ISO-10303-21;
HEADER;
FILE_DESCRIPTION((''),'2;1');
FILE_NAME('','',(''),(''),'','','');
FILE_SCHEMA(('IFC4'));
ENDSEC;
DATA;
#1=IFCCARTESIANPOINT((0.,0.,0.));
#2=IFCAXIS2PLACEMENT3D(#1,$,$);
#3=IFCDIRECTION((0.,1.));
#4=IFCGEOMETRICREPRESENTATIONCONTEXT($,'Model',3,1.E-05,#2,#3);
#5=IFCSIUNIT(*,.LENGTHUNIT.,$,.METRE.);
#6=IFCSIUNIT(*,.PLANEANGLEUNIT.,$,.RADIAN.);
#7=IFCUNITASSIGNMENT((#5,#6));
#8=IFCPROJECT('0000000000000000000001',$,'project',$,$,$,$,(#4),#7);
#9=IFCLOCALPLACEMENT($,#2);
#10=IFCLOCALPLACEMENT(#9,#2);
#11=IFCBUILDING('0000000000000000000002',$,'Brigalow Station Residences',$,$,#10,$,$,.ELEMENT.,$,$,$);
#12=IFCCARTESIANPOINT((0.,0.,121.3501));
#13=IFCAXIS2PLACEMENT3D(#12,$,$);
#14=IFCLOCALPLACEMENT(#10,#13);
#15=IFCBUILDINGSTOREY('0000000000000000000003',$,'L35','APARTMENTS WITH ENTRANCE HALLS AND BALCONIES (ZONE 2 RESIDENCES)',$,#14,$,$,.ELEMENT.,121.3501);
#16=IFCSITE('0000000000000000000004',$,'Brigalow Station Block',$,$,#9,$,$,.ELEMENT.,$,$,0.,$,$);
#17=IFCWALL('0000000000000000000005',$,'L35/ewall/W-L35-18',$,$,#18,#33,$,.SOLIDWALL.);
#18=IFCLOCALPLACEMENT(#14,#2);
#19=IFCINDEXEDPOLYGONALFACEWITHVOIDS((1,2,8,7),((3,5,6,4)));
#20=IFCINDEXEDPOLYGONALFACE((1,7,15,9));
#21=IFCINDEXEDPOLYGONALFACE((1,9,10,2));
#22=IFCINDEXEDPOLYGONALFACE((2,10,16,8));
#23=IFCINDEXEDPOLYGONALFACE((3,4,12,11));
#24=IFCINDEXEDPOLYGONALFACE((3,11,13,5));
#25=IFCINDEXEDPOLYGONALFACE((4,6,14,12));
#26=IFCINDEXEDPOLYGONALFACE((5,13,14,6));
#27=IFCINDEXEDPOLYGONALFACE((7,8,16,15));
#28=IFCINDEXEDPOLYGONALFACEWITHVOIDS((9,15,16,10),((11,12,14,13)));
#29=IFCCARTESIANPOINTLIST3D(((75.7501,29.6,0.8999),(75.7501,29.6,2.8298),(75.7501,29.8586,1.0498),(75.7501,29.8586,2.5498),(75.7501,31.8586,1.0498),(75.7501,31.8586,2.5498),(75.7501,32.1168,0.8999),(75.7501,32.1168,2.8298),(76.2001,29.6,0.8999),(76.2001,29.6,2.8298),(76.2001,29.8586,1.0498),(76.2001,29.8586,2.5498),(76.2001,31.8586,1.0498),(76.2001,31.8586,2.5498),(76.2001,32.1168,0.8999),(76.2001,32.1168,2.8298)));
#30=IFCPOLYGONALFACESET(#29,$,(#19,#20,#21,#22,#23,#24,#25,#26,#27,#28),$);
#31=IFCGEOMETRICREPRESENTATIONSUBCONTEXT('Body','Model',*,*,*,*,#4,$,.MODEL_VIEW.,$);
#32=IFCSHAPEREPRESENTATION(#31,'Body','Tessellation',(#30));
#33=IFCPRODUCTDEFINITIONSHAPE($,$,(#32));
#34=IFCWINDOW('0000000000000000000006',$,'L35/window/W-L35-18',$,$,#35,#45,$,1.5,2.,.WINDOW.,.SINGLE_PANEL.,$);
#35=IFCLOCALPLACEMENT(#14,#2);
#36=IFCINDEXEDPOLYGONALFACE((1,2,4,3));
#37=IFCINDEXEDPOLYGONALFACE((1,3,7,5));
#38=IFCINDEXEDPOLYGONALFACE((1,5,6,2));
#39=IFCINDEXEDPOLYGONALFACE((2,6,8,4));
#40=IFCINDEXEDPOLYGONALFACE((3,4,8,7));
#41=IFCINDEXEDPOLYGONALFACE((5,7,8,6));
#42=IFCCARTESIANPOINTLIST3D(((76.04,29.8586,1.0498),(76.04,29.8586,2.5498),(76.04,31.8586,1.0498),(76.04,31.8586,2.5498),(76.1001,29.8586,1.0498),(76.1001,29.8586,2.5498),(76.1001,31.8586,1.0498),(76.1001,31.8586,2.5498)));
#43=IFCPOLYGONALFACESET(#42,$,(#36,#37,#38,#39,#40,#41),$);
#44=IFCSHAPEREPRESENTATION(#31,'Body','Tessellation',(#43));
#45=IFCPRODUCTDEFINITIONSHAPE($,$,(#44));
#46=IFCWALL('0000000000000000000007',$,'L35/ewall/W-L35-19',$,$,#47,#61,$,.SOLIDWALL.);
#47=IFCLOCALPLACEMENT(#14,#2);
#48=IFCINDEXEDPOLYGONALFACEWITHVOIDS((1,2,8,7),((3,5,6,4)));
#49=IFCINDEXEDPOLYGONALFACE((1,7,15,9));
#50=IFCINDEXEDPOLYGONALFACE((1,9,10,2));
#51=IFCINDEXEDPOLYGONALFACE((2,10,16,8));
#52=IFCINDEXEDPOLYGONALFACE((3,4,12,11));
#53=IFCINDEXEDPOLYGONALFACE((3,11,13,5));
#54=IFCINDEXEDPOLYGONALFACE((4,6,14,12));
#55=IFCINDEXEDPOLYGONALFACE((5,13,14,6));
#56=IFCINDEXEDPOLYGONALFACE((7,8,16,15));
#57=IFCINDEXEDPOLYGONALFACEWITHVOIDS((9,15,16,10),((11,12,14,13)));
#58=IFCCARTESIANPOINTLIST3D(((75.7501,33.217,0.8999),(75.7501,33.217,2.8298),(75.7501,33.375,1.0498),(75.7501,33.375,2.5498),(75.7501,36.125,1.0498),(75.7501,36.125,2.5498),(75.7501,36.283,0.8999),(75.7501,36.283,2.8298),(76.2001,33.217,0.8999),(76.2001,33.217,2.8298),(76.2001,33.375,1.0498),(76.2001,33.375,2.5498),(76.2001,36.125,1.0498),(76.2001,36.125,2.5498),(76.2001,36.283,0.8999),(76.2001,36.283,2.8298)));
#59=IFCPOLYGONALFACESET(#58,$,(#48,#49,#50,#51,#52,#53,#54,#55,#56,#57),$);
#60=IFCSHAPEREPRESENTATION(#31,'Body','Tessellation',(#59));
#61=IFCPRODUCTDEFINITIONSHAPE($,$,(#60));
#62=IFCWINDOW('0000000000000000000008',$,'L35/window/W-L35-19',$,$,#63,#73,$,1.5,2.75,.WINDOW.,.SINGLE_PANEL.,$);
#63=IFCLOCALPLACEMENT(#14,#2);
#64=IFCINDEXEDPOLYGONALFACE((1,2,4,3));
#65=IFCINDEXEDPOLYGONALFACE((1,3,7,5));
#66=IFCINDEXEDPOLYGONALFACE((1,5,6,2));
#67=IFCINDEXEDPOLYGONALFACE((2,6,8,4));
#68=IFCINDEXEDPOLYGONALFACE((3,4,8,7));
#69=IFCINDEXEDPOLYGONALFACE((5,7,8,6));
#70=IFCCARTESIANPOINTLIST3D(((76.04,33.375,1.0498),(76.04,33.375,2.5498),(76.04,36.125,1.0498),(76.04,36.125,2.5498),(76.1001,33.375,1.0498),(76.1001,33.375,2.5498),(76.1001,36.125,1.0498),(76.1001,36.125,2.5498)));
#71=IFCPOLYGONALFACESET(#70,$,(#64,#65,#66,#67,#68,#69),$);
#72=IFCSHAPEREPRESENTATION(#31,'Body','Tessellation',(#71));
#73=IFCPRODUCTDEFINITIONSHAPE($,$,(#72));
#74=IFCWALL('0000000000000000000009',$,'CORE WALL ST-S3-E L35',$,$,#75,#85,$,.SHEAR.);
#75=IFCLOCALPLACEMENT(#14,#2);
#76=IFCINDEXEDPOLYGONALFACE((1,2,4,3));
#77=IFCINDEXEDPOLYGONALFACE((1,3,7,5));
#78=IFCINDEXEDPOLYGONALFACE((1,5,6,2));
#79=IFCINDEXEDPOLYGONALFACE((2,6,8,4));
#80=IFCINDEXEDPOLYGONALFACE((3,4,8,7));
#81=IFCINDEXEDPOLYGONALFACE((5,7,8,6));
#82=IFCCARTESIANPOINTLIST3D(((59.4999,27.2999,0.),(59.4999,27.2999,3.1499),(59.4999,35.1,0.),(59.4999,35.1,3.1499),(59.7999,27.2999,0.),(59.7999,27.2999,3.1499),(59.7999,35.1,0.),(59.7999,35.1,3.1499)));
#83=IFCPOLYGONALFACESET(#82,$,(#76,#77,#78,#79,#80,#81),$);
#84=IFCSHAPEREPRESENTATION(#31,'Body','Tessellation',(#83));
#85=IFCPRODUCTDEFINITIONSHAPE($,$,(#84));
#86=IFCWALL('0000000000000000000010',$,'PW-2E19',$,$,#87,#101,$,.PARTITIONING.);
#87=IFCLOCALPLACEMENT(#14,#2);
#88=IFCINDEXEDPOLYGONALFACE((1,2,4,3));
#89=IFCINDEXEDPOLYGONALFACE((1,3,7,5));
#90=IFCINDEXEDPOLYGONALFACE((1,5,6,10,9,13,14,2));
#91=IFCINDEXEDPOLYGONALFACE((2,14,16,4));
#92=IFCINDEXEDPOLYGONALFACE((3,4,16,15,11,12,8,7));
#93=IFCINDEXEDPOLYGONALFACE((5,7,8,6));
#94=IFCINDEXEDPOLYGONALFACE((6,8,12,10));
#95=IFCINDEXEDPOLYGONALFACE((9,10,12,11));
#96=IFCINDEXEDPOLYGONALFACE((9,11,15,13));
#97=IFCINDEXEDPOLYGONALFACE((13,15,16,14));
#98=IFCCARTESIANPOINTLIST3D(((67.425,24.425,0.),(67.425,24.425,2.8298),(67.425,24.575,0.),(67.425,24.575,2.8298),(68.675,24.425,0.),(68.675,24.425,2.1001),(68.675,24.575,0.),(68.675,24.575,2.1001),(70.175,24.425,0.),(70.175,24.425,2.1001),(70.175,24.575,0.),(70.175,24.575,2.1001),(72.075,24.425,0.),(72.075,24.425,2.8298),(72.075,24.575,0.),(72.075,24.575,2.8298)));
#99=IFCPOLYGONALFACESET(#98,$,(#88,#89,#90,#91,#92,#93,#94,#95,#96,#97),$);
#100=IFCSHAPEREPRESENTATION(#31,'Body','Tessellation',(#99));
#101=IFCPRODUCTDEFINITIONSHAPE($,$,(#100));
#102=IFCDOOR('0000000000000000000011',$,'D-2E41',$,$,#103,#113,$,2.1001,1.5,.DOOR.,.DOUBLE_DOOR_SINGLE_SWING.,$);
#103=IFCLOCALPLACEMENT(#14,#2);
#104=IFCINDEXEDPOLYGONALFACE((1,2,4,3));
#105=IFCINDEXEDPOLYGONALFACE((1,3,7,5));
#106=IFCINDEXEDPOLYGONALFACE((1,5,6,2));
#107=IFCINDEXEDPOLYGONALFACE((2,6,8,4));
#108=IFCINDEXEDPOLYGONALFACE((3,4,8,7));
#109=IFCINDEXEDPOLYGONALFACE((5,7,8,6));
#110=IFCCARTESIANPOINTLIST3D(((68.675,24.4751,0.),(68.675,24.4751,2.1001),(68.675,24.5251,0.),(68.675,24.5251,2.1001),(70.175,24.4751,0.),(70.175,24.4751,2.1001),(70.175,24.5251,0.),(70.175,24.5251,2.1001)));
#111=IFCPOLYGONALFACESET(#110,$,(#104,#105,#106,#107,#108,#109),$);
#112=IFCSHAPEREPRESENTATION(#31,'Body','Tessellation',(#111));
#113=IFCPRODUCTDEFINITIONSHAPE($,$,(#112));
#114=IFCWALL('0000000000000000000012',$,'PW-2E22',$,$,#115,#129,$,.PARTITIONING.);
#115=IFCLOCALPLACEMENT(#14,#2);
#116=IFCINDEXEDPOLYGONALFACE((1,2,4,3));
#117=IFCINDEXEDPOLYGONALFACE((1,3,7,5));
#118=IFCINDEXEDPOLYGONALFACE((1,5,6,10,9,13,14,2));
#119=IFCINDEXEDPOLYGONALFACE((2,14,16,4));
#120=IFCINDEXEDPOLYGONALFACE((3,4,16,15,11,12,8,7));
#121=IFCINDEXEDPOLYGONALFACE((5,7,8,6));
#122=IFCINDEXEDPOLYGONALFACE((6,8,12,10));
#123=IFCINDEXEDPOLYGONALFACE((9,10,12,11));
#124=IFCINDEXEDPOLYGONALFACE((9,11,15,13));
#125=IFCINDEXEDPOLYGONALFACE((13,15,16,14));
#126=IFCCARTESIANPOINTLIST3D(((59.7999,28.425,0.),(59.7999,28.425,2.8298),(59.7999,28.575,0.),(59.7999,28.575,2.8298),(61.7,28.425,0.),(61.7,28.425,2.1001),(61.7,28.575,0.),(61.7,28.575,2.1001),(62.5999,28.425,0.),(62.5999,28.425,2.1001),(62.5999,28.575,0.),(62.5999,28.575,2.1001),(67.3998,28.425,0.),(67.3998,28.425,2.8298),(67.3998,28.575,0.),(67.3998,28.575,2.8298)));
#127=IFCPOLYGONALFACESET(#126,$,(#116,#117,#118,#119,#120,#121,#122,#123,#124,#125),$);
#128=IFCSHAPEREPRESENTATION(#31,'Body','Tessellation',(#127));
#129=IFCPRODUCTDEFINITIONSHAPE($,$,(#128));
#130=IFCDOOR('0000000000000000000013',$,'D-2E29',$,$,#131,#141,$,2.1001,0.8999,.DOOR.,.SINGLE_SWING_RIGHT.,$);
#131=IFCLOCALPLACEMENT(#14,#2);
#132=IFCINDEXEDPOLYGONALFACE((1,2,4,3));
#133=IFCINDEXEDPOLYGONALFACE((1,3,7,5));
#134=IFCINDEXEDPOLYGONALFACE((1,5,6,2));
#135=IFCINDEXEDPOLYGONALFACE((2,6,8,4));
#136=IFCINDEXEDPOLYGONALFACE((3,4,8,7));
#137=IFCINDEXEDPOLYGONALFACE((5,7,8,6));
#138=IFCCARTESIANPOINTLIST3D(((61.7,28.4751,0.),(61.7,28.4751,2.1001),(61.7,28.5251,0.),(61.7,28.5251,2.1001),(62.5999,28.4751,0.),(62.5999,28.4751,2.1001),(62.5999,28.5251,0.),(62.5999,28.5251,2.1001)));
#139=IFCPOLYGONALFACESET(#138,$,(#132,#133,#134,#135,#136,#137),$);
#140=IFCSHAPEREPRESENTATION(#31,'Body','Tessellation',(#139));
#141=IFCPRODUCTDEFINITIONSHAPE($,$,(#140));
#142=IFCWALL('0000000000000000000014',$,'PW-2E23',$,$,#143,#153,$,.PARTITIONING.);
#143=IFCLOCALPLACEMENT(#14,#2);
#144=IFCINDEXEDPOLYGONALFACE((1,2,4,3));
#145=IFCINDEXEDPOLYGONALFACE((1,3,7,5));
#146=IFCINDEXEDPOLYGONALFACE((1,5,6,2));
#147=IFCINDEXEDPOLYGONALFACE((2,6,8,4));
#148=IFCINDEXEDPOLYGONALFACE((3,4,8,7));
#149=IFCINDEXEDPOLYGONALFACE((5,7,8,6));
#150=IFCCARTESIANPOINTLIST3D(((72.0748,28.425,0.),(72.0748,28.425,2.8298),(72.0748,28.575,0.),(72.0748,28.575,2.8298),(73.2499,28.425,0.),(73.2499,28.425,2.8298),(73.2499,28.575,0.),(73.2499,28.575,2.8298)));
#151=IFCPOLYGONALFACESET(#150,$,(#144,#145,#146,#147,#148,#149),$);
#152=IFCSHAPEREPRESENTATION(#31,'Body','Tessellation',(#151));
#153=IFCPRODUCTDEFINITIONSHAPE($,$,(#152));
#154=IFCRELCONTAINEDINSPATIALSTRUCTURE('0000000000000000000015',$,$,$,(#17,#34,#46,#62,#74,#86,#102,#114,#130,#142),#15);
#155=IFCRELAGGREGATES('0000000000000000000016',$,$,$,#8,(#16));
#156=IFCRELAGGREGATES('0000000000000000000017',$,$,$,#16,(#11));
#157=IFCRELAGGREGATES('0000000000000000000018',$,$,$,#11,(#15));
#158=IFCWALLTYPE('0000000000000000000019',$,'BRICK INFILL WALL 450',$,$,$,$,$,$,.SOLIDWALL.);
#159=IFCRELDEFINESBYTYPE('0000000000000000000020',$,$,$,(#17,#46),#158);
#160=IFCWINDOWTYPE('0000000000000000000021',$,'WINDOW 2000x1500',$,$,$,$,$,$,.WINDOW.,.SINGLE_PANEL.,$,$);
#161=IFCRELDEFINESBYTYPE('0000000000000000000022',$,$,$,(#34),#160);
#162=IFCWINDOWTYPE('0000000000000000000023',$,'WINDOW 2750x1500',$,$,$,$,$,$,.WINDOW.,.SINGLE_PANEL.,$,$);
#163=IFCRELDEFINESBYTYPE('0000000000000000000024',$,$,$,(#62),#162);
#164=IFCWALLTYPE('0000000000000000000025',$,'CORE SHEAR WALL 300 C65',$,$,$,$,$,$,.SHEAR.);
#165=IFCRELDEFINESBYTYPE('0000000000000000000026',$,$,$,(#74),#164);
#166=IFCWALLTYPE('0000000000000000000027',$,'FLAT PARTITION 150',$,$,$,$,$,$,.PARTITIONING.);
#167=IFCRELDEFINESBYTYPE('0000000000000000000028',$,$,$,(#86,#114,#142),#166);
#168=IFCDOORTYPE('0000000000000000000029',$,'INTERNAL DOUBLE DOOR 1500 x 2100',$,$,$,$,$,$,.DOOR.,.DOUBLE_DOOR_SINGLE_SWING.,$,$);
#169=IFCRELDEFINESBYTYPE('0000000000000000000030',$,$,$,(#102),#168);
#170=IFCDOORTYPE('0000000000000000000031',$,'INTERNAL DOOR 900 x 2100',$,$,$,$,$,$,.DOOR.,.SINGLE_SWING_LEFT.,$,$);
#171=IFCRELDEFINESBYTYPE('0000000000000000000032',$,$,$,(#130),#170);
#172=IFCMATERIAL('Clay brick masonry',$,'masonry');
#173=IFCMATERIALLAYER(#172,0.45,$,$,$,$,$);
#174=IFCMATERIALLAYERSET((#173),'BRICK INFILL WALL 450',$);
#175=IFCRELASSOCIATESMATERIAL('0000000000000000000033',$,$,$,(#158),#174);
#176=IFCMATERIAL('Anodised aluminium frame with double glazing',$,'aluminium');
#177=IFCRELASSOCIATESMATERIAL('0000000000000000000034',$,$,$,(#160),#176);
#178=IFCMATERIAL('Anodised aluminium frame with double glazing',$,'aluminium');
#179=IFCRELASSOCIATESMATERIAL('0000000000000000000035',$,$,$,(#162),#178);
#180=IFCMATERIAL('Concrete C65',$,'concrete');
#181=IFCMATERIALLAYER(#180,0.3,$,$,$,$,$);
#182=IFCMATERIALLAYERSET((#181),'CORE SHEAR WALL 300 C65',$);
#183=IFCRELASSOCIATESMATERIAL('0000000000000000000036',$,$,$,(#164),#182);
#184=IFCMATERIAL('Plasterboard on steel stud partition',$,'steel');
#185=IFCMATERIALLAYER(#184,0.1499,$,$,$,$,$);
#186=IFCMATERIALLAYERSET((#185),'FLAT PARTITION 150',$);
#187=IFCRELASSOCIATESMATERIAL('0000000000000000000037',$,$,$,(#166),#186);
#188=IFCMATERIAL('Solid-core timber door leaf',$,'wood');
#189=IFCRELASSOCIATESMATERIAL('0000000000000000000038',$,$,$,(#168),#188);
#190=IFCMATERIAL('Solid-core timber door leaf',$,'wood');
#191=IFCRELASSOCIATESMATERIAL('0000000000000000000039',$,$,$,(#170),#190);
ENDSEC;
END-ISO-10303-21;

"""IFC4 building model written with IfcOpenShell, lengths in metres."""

from ifc_helpers import new_model, si_unit, direction, frame, frame_2d, origin, place, context, subcontext, project, spatial, rectangle, extrude, material, layer, layer_set, type_object, element, fill, save


model = new_model("IFC4")

# Units and contexts
model_context = context("Model", 3, precision=1e-05, world=origin(), true_north=direction((0.0, 1.0)))
body_context = subcontext(model_context, "Body", "Model", "MODEL_VIEW")
ifc_project = project(units=[si_unit("LENGTHUNIT", "METRE"), si_unit("PLANEANGLEUNIT", "RADIAN")], contexts=[model_context])

# Site, building, storey
site_placement = place(None, origin())
site = spatial("IfcSite", under=ifc_project, at=site_placement, Name="Brigalow Station Block", CompositionType="ELEMENT", RefElevation=0.0)
building_placement = place(site_placement, origin())
building = spatial("IfcBuilding", under=site, at=building_placement, Name="Brigalow Station Residences", CompositionType="ELEMENT")
storey_placement = place(building_placement, frame((0.0, 0.0, 121.3501)))
storey = spatial("IfcBuildingStorey", under=building, at=storey_placement, Name="L35", Description="APARTMENTS WITH ENTRANCE HALLS AND BALCONIES (ZONE 2 RESIDENCES)", CompositionType="ELEMENT", Elevation=121.3501)

# Shared definitions
ifc_material_1 = material(Name="Clay brick masonry", Category="masonry")
ifc_layer_1 = layer(ifc_material_1, 0.45)
ifc_layer_set_1 = layer_set([ifc_layer_1], Name="BRICK INFILL WALL 450")
wall_type_1 = type_object("IfcWallType", Name="BRICK INFILL WALL 450", PredefinedType="SOLIDWALL", material=ifc_layer_set_1)

# Walls, openings, windows
wall_1_placement = place(storey_placement, frame((75.9751, 29.6001, 0.8999), z_axis=(0.0, 0.0, 1.0), x_axis=(0.0, 1.0, 0.0)))
wall_1 = element("IfcWall", 1, at=wall_1_placement, inside=storey, type_object=wall_type_1, Name="L35/ewall/W-L35-18", PredefinedType="SOLIDWALL", context=body_context, shape_type="SweptSolid", body=[
    extrude(rectangle(XDim=2.5168, YDim=0.45, at=frame_2d((1.2583, 0.0))), origin(), (0.0, 0.0, 1.0), 1.9299),
])
opening_1_placement = place(wall_1_placement, frame((0.2585, 0.0, 0.1499)))
opening_1 = element("IfcOpeningElement", 2, at=opening_1_placement, cuts=wall_1, PredefinedType="OPENING", context=body_context, shape_type="SweptSolid", body=[
    extrude(rectangle(XDim=2.0, YDim=1.5, at=frame_2d((1.0, 0.75))), frame((0.0, 0.2349, 0.0), z_axis=(0.0, -1.0, 0.0), x_axis=(1.0, 0.0, 0.0)), (0.0, 0.0, 1.0), 0.47),
])
ifc_material_2 = material(Name="Anodised aluminium frame with double glazing", Category="aluminium")
window_type_1 = type_object("IfcWindowType", Name="WINDOW 2000x1500", PartitioningType="SINGLE_PANEL", PredefinedType="WINDOW", material=ifc_material_2)
window_1_placement = place(opening_1_placement, origin())
window_1 = element("IfcWindow", 3, at=window_1_placement, inside=storey, type_object=window_type_1, Name="L35/window/W-L35-18", OverallHeight=1.5, OverallWidth=2.0, PartitioningType="SINGLE_PANEL", PredefinedType="WINDOW", context=body_context, shape_type="SweptSolid", body=[
    extrude(rectangle(XDim=2.0, YDim=1.5, at=frame_2d((1.0, 0.75))), frame((0.0, -0.0649, 0.0), z_axis=(0.0, -1.0, 0.0), x_axis=(1.0, 0.0, 0.0)), (0.0, 0.0, 1.0), 0.0601),
])
fill(opening_1, window_1)
wall_2_placement = place(storey_placement, frame((75.9751, 33.217, 0.8999), z_axis=(0.0, 0.0, 1.0), x_axis=(0.0, 1.0, 0.0)))
wall_2 = element("IfcWall", 4, at=wall_2_placement, inside=storey, type_object=wall_type_1, Name="L35/ewall/W-L35-19", PredefinedType="SOLIDWALL", context=body_context, shape_type="SweptSolid", body=[
    extrude(rectangle(XDim=3.0659, YDim=0.45, at=frame_2d((1.533, 0.0))), origin(), (0.0, 0.0, 1.0), 1.9299),
])
opening_2_placement = place(wall_2_placement, frame((0.158, 0.0, 0.1499)))
opening_2 = element("IfcOpeningElement", 5, at=opening_2_placement, cuts=wall_2, PredefinedType="OPENING", context=body_context, shape_type="SweptSolid", body=[
    extrude(rectangle(XDim=2.75, YDim=1.5, at=frame_2d((1.375, 0.75))), frame((0.0, 0.2349, 0.0), z_axis=(0.0, -1.0, 0.0), x_axis=(1.0, 0.0, 0.0)), (0.0, 0.0, 1.0), 0.47),
])
ifc_material_3 = material(Name="Anodised aluminium frame with double glazing", Category="aluminium")
window_type_2 = type_object("IfcWindowType", Name="WINDOW 2750x1500", PartitioningType="SINGLE_PANEL", PredefinedType="WINDOW", material=ifc_material_3)
window_2_placement = place(opening_2_placement, origin())
window_2 = element("IfcWindow", 6, at=window_2_placement, inside=storey, type_object=window_type_2, Name="L35/window/W-L35-19", OverallHeight=1.5, OverallWidth=2.75, PartitioningType="SINGLE_PANEL", PredefinedType="WINDOW", context=body_context, shape_type="SweptSolid", body=[
    extrude(rectangle(XDim=2.75, YDim=1.5, at=frame_2d((1.375, 0.75))), frame((0.0, -0.0649, 0.0), z_axis=(0.0, -1.0, 0.0), x_axis=(1.0, 0.0, 0.0)), (0.0, 0.0, 1.0), 0.0601),
])
fill(opening_2, window_2)

# Wall
ifc_material_4 = material(Name="Concrete C65", Category="concrete")
ifc_layer_2 = layer(ifc_material_4, 0.3)
ifc_layer_set_2 = layer_set([ifc_layer_2], Name="CORE SHEAR WALL 300 C65")
wall_type_2 = type_object("IfcWallType", Name="CORE SHEAR WALL 300 C65", PredefinedType="SHEAR", material=ifc_layer_set_2)
wall_3_placement = place(storey_placement, frame((59.6499, 27.3, 0.0), z_axis=(0.0, 0.0, 1.0), x_axis=(0.0, 1.0, 0.0)))
element("IfcWall", 7, at=wall_3_placement, inside=storey, type_object=wall_type_2, Name="CORE WALL ST-S3-E L35", PredefinedType="SHEAR", context=body_context, shape_type="SweptSolid", body=[
    extrude(rectangle(XDim=7.8, YDim=0.3, at=frame_2d((3.8999, 0.0))), origin(), (0.0, 0.0, 1.0), 3.1499),
])

# Walls, openings, doors
ifc_material_5 = material(Name="Plasterboard on steel stud partition", Category="steel")
ifc_layer_3 = layer(ifc_material_5, 0.1499)
ifc_layer_set_3 = layer_set([ifc_layer_3], Name="FLAT PARTITION 150")
wall_type_3 = type_object("IfcWallType", Name="FLAT PARTITION 150", PredefinedType="PARTITIONING", material=ifc_layer_set_3)
wall_4_placement = place(storey_placement, frame((67.425, 24.5, 0.0), z_axis=(0.0, 0.0, 1.0), x_axis=(1.0, 0.0, 0.0)))
wall_4 = element("IfcWall", 8, at=wall_4_placement, inside=storey, type_object=wall_type_3, Name="PW-2E19", PredefinedType="PARTITIONING", context=body_context, shape_type="SweptSolid", body=[
    extrude(rectangle(XDim=4.6499, YDim=0.1499, at=frame_2d((2.325, 0.0))), origin(), (0.0, 0.0, 1.0), 2.8298),
])
opening_3_placement = place(wall_4_placement, frame((1.25, 0.0, 0.0)))
opening_3 = element("IfcOpeningElement", 9, at=opening_3_placement, cuts=wall_4, PredefinedType="OPENING", context=body_context, shape_type="SweptSolid", body=[
    extrude(rectangle(XDim=1.5, YDim=2.1001, at=frame_2d((0.75, 1.05))), frame((0.0, 0.085, 0.0), z_axis=(0.0, -1.0, 0.0), x_axis=(1.0, 0.0, 0.0)), (0.0, 0.0, 1.0), 0.1699),
])
ifc_material_6 = material(Name="Solid-core timber door leaf", Category="wood")
door_type_1 = type_object("IfcDoorType", Name="INTERNAL DOUBLE DOOR 1500 x 2100", OperationType="DOUBLE_DOOR_SINGLE_SWING", PredefinedType="DOOR", material=ifc_material_6)
door_1_placement = place(opening_3_placement, frame((1.5, 0.0, 0.0), z_axis=(0.0, 0.0, 1.0), x_axis=(-1.0, 0.0, 0.0)))
door_1 = element("IfcDoor", 10, at=door_1_placement, inside=storey, type_object=door_type_1, Name="D-2E41", OperationType="DOUBLE_DOOR_SINGLE_SWING", OverallHeight=2.1001, OverallWidth=1.5, PredefinedType="DOOR", context=body_context, shape_type="SweptSolid", body=[
    extrude(rectangle(XDim=1.5, YDim=2.1001, at=frame_2d((0.75, 1.05))), frame((0.0, 0.0249, 0.0), z_axis=(0.0, -1.0, 0.0), x_axis=(1.0, 0.0, 0.0)), (0.0, 0.0, 1.0), 0.05),
])
fill(opening_3, door_1)
wall_5_placement = place(storey_placement, frame((59.8, 28.5, 0.0), z_axis=(0.0, 0.0, 1.0), x_axis=(1.0, 0.0, 0.0)))
wall_5 = element("IfcWall", 11, at=wall_5_placement, inside=storey, type_object=wall_type_3, Name="PW-2E22", PredefinedType="PARTITIONING", context=body_context, shape_type="SweptSolid", body=[
    extrude(rectangle(XDim=7.5999, YDim=0.1499, at=frame_2d((3.7998, 0.0))), origin(), (0.0, 0.0, 1.0), 2.8298),
])
opening_4_placement = place(wall_5_placement, frame((1.8999, 0.0, 0.0)))
opening_4 = element("IfcOpeningElement", 12, at=opening_4_placement, cuts=wall_5, PredefinedType="OPENING", context=body_context, shape_type="SweptSolid", body=[
    extrude(rectangle(XDim=0.8999, YDim=2.1001, at=frame_2d((0.45, 1.05))), frame((0.0, 0.085, 0.0), z_axis=(0.0, -1.0, 0.0), x_axis=(1.0, 0.0, 0.0)), (0.0, 0.0, 1.0), 0.1699),
])
ifc_material_7 = material(Name="Solid-core timber door leaf", Category="wood")
door_type_2 = type_object("IfcDoorType", Name="INTERNAL DOOR 900 x 2100", OperationType="SINGLE_SWING_LEFT", PredefinedType="DOOR", material=ifc_material_7)
door_2_placement = place(opening_4_placement, frame((0.8999, 0.0, 0.0), z_axis=(0.0, 0.0, 1.0), x_axis=(-1.0, 0.0, 0.0)))
door_2 = element("IfcDoor", 13, at=door_2_placement, inside=storey, type_object=door_type_2, Name="D-2E29", OperationType="SINGLE_SWING_RIGHT", OverallHeight=2.1001, OverallWidth=0.8999, PredefinedType="DOOR", context=body_context, shape_type="SweptSolid", body=[
    extrude(rectangle(XDim=0.8999, YDim=2.1001, at=frame_2d((0.45, 1.05))), frame((0.0, 0.0249, 0.0), z_axis=(0.0, -1.0, 0.0), x_axis=(1.0, 0.0, 0.0)), (0.0, 0.0, 1.0), 0.05),
])
fill(opening_4, door_2)

# Wall
wall_6_placement = place(storey_placement, frame((72.075, 28.5, 0.0), z_axis=(0.0, 0.0, 1.0), x_axis=(1.0, 0.0, 0.0)))
element("IfcWall", 14, at=wall_6_placement, inside=storey, type_object=wall_type_3, Name="PW-2E23", PredefinedType="PARTITIONING", context=body_context, shape_type="SweptSolid", body=[
    extrude(rectangle(XDim=1.175, YDim=0.1499, at=frame_2d((0.5874, 0.0))), origin(), (0.0, 0.0, 1.0), 2.8298),
])

save(model, "model.ifc")
